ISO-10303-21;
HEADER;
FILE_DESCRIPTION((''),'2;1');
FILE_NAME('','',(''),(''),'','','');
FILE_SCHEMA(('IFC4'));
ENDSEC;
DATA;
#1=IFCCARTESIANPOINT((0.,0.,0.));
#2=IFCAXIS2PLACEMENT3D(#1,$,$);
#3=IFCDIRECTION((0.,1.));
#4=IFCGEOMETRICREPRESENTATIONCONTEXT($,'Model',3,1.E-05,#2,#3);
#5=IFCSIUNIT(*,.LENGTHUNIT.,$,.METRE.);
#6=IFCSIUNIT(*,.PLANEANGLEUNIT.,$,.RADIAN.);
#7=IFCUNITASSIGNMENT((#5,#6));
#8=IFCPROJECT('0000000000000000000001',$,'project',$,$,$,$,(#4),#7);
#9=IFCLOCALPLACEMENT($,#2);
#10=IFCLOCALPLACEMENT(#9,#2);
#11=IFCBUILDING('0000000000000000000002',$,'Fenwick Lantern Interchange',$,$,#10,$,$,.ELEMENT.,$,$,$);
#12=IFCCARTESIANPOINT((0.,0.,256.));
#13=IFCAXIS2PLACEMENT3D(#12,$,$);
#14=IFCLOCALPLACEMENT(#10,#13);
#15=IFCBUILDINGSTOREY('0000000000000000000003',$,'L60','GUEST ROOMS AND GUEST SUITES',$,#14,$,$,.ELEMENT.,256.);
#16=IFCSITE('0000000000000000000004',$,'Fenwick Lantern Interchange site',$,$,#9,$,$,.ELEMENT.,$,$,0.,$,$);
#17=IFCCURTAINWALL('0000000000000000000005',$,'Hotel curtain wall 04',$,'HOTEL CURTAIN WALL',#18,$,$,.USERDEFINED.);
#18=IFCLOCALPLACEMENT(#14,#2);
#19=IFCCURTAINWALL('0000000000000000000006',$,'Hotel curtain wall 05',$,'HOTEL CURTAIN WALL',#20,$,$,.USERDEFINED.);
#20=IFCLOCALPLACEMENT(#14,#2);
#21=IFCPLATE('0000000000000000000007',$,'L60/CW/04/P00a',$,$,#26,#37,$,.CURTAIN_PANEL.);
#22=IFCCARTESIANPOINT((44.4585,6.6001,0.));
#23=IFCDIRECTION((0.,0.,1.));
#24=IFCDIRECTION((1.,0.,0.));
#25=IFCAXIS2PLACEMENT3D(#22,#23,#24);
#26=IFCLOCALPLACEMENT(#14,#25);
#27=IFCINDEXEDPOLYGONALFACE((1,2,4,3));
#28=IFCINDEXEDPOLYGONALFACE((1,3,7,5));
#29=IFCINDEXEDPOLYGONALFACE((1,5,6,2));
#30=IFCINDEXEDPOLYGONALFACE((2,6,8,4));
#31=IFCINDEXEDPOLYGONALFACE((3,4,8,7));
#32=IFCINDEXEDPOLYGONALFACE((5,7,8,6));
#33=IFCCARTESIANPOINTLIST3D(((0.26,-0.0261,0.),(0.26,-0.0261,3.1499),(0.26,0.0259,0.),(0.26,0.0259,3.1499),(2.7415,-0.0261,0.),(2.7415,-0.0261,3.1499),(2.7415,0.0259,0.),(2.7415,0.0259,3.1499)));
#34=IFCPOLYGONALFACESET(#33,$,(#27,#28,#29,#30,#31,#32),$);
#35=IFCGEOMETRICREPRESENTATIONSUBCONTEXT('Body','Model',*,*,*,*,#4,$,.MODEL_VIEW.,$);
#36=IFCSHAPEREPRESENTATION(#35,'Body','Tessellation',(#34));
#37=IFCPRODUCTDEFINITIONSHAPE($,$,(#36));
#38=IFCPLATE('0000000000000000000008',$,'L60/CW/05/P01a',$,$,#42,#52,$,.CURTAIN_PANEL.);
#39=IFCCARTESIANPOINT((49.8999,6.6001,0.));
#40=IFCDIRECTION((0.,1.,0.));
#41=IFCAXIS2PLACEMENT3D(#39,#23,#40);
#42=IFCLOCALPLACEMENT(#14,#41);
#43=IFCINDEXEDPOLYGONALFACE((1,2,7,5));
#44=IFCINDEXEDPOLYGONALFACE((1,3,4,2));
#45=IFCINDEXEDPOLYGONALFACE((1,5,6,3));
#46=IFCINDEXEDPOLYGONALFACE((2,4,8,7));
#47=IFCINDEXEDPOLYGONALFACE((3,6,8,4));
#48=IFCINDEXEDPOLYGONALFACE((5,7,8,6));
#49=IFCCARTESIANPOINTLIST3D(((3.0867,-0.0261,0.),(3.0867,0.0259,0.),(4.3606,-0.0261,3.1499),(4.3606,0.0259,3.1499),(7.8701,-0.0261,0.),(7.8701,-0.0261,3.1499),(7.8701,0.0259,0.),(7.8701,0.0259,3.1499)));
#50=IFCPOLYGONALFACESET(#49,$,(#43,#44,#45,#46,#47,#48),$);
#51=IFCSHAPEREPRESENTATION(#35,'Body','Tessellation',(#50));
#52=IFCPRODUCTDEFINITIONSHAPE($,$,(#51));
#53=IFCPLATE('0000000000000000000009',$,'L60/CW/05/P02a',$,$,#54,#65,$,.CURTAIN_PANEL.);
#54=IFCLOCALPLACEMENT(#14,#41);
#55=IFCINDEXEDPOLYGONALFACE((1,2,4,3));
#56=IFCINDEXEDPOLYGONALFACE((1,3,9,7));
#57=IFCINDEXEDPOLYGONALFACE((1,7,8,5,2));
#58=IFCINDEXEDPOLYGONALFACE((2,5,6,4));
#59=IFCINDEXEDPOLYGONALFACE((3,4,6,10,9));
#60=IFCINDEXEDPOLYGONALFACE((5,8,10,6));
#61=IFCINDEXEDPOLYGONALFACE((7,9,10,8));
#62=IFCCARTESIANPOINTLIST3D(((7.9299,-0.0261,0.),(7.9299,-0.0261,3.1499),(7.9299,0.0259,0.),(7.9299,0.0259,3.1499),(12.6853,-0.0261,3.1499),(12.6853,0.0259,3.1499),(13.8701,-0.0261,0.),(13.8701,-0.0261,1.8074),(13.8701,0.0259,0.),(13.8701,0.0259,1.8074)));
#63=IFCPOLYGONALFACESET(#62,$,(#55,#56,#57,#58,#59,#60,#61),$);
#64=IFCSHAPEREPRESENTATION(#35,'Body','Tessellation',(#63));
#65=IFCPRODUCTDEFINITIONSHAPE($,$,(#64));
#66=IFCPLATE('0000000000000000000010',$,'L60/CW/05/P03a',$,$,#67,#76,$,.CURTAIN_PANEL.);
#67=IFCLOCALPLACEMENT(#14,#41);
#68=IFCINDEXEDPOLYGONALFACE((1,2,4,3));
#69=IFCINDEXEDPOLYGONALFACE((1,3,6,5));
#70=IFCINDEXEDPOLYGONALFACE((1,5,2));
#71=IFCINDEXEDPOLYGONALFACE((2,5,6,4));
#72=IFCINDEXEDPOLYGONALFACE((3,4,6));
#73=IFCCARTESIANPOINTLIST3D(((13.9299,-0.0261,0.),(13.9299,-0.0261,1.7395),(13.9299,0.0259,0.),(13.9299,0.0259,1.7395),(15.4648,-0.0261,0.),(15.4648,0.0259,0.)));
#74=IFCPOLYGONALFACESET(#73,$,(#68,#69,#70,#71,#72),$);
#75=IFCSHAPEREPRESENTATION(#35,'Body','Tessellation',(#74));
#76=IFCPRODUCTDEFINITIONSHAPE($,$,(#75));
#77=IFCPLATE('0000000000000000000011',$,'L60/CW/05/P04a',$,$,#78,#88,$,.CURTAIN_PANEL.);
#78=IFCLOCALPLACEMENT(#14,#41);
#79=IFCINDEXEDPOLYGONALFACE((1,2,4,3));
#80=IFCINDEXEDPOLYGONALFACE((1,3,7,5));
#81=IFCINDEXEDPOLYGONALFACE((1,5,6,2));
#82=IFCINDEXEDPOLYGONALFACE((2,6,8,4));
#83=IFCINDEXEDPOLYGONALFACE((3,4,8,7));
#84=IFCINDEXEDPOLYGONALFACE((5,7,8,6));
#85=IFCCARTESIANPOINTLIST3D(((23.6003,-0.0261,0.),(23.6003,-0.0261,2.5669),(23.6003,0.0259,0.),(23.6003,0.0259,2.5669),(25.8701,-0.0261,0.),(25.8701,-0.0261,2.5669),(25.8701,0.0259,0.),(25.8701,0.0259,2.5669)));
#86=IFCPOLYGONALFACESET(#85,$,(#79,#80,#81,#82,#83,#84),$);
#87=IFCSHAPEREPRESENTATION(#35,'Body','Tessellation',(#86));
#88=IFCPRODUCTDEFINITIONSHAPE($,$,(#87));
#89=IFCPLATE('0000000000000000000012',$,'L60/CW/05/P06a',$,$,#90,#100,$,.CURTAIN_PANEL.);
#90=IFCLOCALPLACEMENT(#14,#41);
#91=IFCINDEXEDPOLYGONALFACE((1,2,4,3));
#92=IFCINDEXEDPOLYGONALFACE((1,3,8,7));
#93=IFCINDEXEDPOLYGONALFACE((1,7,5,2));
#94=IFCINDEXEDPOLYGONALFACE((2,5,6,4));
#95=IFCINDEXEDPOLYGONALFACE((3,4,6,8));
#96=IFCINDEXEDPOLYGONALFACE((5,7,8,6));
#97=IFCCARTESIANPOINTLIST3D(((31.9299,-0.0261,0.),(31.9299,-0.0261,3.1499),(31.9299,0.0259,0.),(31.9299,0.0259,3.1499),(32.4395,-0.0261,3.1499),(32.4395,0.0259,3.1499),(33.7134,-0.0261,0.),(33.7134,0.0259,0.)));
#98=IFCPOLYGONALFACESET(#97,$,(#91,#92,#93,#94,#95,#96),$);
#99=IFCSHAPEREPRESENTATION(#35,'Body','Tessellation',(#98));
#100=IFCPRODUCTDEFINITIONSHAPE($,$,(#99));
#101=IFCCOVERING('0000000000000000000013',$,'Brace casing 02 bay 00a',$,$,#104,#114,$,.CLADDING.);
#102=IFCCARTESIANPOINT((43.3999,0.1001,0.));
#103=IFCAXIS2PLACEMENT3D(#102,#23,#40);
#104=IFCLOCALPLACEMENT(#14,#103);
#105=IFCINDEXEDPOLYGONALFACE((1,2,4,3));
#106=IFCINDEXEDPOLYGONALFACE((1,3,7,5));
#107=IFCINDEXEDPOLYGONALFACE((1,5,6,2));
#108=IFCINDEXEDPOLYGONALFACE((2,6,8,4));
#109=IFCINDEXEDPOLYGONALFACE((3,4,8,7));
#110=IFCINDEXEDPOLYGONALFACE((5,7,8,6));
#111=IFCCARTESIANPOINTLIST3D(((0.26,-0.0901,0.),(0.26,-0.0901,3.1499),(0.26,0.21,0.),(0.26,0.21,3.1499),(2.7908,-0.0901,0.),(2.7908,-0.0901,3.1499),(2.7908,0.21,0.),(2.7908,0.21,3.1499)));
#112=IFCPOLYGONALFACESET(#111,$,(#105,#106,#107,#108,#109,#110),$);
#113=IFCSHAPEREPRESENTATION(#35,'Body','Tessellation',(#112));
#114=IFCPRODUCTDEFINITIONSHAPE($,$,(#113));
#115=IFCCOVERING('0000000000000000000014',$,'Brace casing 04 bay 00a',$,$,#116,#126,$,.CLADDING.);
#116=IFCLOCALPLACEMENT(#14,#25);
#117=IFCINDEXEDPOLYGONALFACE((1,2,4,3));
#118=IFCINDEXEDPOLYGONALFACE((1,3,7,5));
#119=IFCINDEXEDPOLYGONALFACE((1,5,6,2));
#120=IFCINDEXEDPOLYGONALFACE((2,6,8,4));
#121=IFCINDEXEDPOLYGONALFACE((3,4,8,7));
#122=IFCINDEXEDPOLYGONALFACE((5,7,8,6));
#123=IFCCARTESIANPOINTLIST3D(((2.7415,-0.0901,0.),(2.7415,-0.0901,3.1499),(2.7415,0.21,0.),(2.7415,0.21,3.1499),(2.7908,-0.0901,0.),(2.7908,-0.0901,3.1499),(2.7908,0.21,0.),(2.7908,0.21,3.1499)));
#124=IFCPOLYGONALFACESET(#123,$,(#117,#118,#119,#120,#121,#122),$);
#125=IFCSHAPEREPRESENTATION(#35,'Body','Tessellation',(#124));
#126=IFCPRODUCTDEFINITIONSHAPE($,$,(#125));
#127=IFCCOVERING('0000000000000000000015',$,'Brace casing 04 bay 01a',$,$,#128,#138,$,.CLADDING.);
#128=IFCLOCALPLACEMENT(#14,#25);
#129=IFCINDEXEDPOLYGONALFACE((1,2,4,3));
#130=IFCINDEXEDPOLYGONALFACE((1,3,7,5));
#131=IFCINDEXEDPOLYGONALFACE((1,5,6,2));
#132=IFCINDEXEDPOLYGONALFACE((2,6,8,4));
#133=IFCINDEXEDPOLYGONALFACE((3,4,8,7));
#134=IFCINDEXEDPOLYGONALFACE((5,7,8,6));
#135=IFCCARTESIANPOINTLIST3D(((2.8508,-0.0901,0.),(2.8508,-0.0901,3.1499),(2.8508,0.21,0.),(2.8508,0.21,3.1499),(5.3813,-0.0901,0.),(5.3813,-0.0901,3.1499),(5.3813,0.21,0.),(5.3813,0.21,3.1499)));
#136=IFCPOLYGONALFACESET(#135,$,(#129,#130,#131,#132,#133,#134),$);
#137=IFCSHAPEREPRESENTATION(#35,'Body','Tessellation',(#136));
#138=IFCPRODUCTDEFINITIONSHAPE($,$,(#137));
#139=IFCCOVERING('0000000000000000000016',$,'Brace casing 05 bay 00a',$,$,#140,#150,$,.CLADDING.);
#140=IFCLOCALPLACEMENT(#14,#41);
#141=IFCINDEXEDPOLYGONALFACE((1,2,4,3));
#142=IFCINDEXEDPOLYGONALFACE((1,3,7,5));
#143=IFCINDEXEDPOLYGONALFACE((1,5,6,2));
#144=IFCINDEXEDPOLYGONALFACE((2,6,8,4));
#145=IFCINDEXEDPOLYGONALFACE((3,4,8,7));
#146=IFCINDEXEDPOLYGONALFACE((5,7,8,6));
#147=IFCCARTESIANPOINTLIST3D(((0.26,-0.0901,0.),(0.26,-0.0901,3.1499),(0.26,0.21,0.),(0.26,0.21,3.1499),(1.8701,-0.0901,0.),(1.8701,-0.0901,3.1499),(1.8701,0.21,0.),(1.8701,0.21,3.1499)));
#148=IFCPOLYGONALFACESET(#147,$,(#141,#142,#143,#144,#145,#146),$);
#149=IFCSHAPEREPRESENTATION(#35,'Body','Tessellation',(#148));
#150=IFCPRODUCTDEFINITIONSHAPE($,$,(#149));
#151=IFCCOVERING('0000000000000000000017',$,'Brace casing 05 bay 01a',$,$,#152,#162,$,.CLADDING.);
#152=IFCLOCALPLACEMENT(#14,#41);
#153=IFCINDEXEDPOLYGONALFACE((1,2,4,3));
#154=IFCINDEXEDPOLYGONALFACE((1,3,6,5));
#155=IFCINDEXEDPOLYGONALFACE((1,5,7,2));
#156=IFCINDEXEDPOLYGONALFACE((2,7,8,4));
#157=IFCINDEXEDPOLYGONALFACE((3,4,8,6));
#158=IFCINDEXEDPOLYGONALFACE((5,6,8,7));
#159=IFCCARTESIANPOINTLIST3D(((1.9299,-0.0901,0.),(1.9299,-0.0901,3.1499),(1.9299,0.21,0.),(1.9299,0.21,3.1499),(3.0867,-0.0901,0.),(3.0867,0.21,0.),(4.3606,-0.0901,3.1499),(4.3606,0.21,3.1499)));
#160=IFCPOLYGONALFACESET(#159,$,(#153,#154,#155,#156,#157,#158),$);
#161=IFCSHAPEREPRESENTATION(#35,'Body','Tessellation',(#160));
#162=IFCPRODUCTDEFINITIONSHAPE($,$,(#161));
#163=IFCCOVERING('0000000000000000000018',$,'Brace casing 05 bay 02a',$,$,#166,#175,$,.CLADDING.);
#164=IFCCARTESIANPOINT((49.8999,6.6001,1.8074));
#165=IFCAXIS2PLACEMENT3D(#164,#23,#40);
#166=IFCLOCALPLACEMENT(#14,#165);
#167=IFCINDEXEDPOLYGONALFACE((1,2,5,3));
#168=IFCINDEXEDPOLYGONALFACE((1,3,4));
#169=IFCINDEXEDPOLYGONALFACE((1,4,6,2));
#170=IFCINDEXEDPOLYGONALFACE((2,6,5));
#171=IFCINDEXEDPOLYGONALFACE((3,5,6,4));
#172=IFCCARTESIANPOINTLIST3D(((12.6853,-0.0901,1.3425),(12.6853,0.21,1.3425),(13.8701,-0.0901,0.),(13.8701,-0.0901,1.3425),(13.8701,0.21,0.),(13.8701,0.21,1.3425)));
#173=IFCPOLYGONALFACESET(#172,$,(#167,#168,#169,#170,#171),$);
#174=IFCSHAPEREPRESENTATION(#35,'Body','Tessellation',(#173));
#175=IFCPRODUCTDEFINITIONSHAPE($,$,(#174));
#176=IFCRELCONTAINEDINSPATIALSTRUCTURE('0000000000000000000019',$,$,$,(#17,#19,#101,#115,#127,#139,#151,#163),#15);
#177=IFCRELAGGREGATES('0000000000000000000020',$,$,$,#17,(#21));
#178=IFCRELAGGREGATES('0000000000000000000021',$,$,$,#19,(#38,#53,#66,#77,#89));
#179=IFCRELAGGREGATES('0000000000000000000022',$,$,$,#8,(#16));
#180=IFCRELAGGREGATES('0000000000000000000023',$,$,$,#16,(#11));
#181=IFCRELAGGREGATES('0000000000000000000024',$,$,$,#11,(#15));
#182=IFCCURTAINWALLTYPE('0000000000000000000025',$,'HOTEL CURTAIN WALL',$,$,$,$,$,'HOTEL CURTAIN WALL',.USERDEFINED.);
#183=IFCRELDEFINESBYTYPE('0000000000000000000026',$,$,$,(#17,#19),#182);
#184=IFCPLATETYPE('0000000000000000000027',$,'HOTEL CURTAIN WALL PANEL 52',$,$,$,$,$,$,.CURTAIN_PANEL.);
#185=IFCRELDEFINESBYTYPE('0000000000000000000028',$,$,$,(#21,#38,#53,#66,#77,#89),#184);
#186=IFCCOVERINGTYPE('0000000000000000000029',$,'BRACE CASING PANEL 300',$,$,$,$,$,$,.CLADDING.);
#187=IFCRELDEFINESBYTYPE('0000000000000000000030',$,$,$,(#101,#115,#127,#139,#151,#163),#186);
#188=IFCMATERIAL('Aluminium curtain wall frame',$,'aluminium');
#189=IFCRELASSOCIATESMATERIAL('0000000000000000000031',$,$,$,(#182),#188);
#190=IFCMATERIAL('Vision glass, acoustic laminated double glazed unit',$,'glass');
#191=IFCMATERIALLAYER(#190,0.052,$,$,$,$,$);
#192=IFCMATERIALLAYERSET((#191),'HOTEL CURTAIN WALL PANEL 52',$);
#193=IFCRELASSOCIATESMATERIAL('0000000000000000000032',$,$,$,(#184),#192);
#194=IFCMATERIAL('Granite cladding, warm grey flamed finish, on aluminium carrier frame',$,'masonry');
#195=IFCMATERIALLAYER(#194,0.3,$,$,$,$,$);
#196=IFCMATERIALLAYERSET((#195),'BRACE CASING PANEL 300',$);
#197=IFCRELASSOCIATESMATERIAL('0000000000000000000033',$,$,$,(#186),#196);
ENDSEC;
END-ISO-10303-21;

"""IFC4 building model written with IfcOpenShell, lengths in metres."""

from ifc_helpers import new_model, si_unit, direction, frame, origin, place, context, subcontext, project, spatial, polyline, outline, extrude, material, layer, layer_set, type_object, element, aggregate, save


model = new_model("IFC4")

# Units and contexts
model_context = context("Model", 3, precision=1e-05, world=origin(), true_north=direction((0.0, 1.0)))
body_context = subcontext(model_context, "Body", "Model", "MODEL_VIEW")
ifc_project = project(units=[si_unit("LENGTHUNIT", "METRE"), si_unit("PLANEANGLEUNIT", "RADIAN")], contexts=[model_context])

# Site, building, storey
site_placement = place(None, origin())
site = spatial("IfcSite", under=ifc_project, at=site_placement, Name="Fenwick Lantern Interchange site", CompositionType="ELEMENT", RefElevation=0.0)
building_placement = place(site_placement, origin())
building = spatial("IfcBuilding", under=site, at=building_placement, Name="Fenwick Lantern Interchange", CompositionType="ELEMENT")
storey_placement = place(building_placement, frame((0.0, 0.0, 256.0)))
storey = spatial("IfcBuildingStorey", under=building, at=storey_placement, Name="L60", Description="GUEST ROOMS AND GUEST SUITES", CompositionType="ELEMENT", Elevation=256.0)

# Shared definitions
ifc_material_1 = material(Name="Aluminium curtain wall frame", Category="aluminium")
curtain_wall_type = type_object("IfcCurtainWallType", Name="HOTEL CURTAIN WALL", ElementType="HOTEL CURTAIN WALL", PredefinedType="USERDEFINED", material=ifc_material_1)

# Curtain wall
curtain_wall_1_placement = place(storey_placement, origin())
curtain_wall_1 = element("IfcCurtainWall", 1, at=curtain_wall_1_placement, inside=storey, type_object=curtain_wall_type, Name="Hotel curtain wall 04", ObjectType="HOTEL CURTAIN WALL", PredefinedType="USERDEFINED")

# Curtain wall
curtain_wall_2_placement = place(storey_placement, origin())
curtain_wall_2 = element("IfcCurtainWall", 2, at=curtain_wall_2_placement, inside=storey, type_object=curtain_wall_type, Name="Hotel curtain wall 05", ObjectType="HOTEL CURTAIN WALL", PredefinedType="USERDEFINED")

# Plates
ifc_material_2 = material(Name="Vision glass, acoustic laminated double glazed unit", Category="glass")
ifc_layer_1 = layer(ifc_material_2, 0.052)
ifc_layer_set_1 = layer_set([ifc_layer_1], Name="HOTEL CURTAIN WALL PANEL 52")
plate_type = type_object("IfcPlateType", Name="HOTEL CURTAIN WALL PANEL 52", PredefinedType="CURTAIN_PANEL", material=ifc_layer_set_1)
plate_1_placement = place(storey_placement, frame((44.4585, 6.6001, 0.0), z_axis=(0.0, 0.0, 1.0), x_axis=(1.0, 0.0, 0.0)))
plate_1 = element("IfcPlate", 3, at=plate_1_placement, type_object=plate_type, Name="L60/CW/04/P00a", PredefinedType="CURTAIN_PANEL", context=body_context, shape_type="SweptSolid", body=[
    extrude(outline(polyline([(0.26, 0.0), (2.7415, 0.0), (2.7415, 3.1499), (0.26, 3.1499), (0.26, 0.0)])), frame((0.0, 0.0259, 0.0), z_axis=(0.0, -1.0, 0.0), x_axis=(1.0, 0.0, 0.0)), (0.0, 0.0, 1.0), 0.052),
])
aggregate(curtain_wall_1, [plate_1])
plate_2_placement = place(storey_placement, frame((49.8999, 6.6001, 0.0), z_axis=(0.0, 0.0, 1.0), x_axis=(0.0, 1.0, 0.0)))
plate_2 = element("IfcPlate", 4, at=plate_2_placement, type_object=plate_type, Name="L60/CW/05/P01a", PredefinedType="CURTAIN_PANEL", context=body_context, shape_type="SweptSolid", body=[
    extrude(outline(polyline([(3.0867, 0.0), (7.8701, 0.0), (7.8701, 3.1499), (4.3606, 3.1499), (3.0867, 0.0)])), frame((0.0, 0.0259, 0.0), z_axis=(0.0, -1.0, 0.0), x_axis=(1.0, 0.0, 0.0)), (0.0, 0.0, 1.0), 0.052),
])
plate_3_placement = place(storey_placement, frame((49.8999, 6.6001, 0.0), z_axis=(0.0, 0.0, 1.0), x_axis=(0.0, 1.0, 0.0)))
plate_3 = element("IfcPlate", 5, at=plate_3_placement, type_object=plate_type, Name="L60/CW/05/P02a", PredefinedType="CURTAIN_PANEL", context=body_context, shape_type="SweptSolid", body=[
    extrude(outline(polyline([(7.9299, 0.0), (13.8701, 0.0), (13.8701, 1.8074), (12.6853, 3.1499), (7.9299, 3.1499), (7.9299, 0.0)])), frame((0.0, 0.0259, 0.0), z_axis=(0.0, -1.0, 0.0), x_axis=(1.0, 0.0, 0.0)), (0.0, 0.0, 1.0), 0.052),
])
plate_4_placement = place(storey_placement, frame((49.8999, 6.6001, 0.0), z_axis=(0.0, 0.0, 1.0), x_axis=(0.0, 1.0, 0.0)))
plate_4 = element("IfcPlate", 6, at=plate_4_placement, type_object=plate_type, Name="L60/CW/05/P03a", PredefinedType="CURTAIN_PANEL", context=body_context, shape_type="SweptSolid", body=[
    extrude(outline(polyline([(13.9299, 0.0), (15.4648, 0.0), (13.9299, 1.7395), (13.9299, 0.0)])), frame((0.0, 0.0259, 0.0), z_axis=(0.0, -1.0, 0.0), x_axis=(1.0, 0.0, 0.0)), (0.0, 0.0, 1.0), 0.052),
])
plate_5_placement = place(storey_placement, frame((49.8999, 6.6001, 0.0), z_axis=(0.0, 0.0, 1.0), x_axis=(0.0, 1.0, 0.0)))
plate_5 = element("IfcPlate", 7, at=plate_5_placement, type_object=plate_type, Name="L60/CW/05/P04a", PredefinedType="CURTAIN_PANEL", context=body_context, shape_type="SweptSolid", body=[
    extrude(outline(polyline([(23.6003, 0.0), (25.8701, 0.0), (25.8701, 2.5669), (23.6003, 2.5669), (23.6003, 0.0)])), frame((0.0, 0.0259, 0.0), z_axis=(0.0, -1.0, 0.0), x_axis=(1.0, 0.0, 0.0)), (0.0, 0.0, 1.0), 0.052),
])
plate_6_placement = place(storey_placement, frame((49.8999, 6.6001, 0.0), z_axis=(0.0, 0.0, 1.0), x_axis=(0.0, 1.0, 0.0)))
plate_6 = element("IfcPlate", 8, at=plate_6_placement, type_object=plate_type, Name="L60/CW/05/P06a", PredefinedType="CURTAIN_PANEL", context=body_context, shape_type="SweptSolid", body=[
    extrude(outline(polyline([(31.9299, 0.0), (33.7134, 0.0), (32.4395, 3.1499), (31.9299, 3.1499), (31.9299, 0.0)])), frame((0.0, 0.0259, 0.0), z_axis=(0.0, -1.0, 0.0), x_axis=(1.0, 0.0, 0.0)), (0.0, 0.0, 1.0), 0.052),
])
aggregate(curtain_wall_2, [plate_2, plate_3, plate_4, plate_5, plate_6])

# Coverings
ifc_material_3 = material(Name="Granite cladding, warm grey flamed finish, on aluminium carrier frame", Category="masonry")
ifc_layer_2 = layer(ifc_material_3, 0.3)
ifc_layer_set_2 = layer_set([ifc_layer_2], Name="BRACE CASING PANEL 300")
covering_type = type_object("IfcCoveringType", Name="BRACE CASING PANEL 300", PredefinedType="CLADDING", material=ifc_layer_set_2)
covering_1_placement = place(storey_placement, frame((43.3999, 0.1001, 0.0), z_axis=(0.0, 0.0, 1.0), x_axis=(0.0, 1.0, 0.0)))
element("IfcCovering", 9, at=covering_1_placement, inside=storey, type_object=covering_type, Name="Brace casing 02 bay 00a", PredefinedType="CLADDING", context=body_context, shape_type="SweptSolid", body=[
    extrude(outline(polyline([(0.26, 0.0), (2.7908, 0.0), (2.7908, 3.1499), (0.26, 3.1499), (0.26, 0.0)])), frame((0.0, 0.21, 0.0), z_axis=(0.0, -1.0, 0.0), x_axis=(1.0, 0.0, 0.0)), (0.0, 0.0, 1.0), 0.3),
])
covering_2_placement = place(storey_placement, frame((44.4585, 6.6001, 0.0), z_axis=(0.0, 0.0, 1.0), x_axis=(1.0, 0.0, 0.0)))
element("IfcCovering", 10, at=covering_2_placement, inside=storey, type_object=covering_type, Name="Brace casing 04 bay 00a", PredefinedType="CLADDING", context=body_context, shape_type="SweptSolid", body=[
    extrude(outline(polyline([(2.7415, 0.0), (2.7908, 0.0), (2.7908, 3.1499), (2.7415, 3.1499), (2.7415, 0.0)])), frame((0.0, 0.21, 0.0), z_axis=(0.0, -1.0, 0.0), x_axis=(1.0, 0.0, 0.0)), (0.0, 0.0, 1.0), 0.3),
])
covering_3_placement = place(storey_placement, frame((44.4585, 6.6001, 0.0), z_axis=(0.0, 0.0, 1.0), x_axis=(1.0, 0.0, 0.0)))
element("IfcCovering", 11, at=covering_3_placement, inside=storey, type_object=covering_type, Name="Brace casing 04 bay 01a", PredefinedType="CLADDING", context=body_context, shape_type="SweptSolid", body=[
    extrude(outline(polyline([(2.8508, 0.0), (5.3813, 0.0), (5.3813, 3.1499), (2.8508, 3.1499), (2.8508, 0.0)])), frame((0.0, 0.21, 0.0), z_axis=(0.0, -1.0, 0.0), x_axis=(1.0, 0.0, 0.0)), (0.0, 0.0, 1.0), 0.3),
])
covering_4_placement = place(storey_placement, frame((49.8999, 6.6001, 0.0), z_axis=(0.0, 0.0, 1.0), x_axis=(0.0, 1.0, 0.0)))
element("IfcCovering", 12, at=covering_4_placement, inside=storey, type_object=covering_type, Name="Brace casing 05 bay 00a", PredefinedType="CLADDING", context=body_context, shape_type="SweptSolid", body=[
    extrude(outline(polyline([(0.26, 0.0), (1.8701, 0.0), (1.8701, 3.1499), (0.26, 3.1499), (0.26, 0.0)])), frame((0.0, 0.21, 0.0), z_axis=(0.0, -1.0, 0.0), x_axis=(1.0, 0.0, 0.0)), (0.0, 0.0, 1.0), 0.3),
])
covering_5_placement = place(storey_placement, frame((49.8999, 6.6001, 0.0), z_axis=(0.0, 0.0, 1.0), x_axis=(0.0, 1.0, 0.0)))
element("IfcCovering", 13, at=covering_5_placement, inside=storey, type_object=covering_type, Name="Brace casing 05 bay 01a", PredefinedType="CLADDING", context=body_context, shape_type="SweptSolid", body=[
    extrude(outline(polyline([(1.9299, 0.0), (3.0867, 0.0), (4.3606, 3.1499), (1.9299, 3.1499), (1.9299, 0.0)])), frame((0.0, 0.21, 0.0), z_axis=(0.0, -1.0, 0.0), x_axis=(1.0, 0.0, 0.0)), (0.0, 0.0, 1.0), 0.3),
])
covering_6_placement = place(storey_placement, frame((49.8999, 6.6001, 1.8074), z_axis=(0.0, 0.0, 1.0), x_axis=(0.0, 1.0, 0.0)))
element("IfcCovering", 14, at=covering_6_placement, inside=storey, type_object=covering_type, Name="Brace casing 05 bay 02a", PredefinedType="CLADDING", context=body_context, shape_type="SweptSolid", body=[
    extrude(outline(polyline([(13.8701, 0.0), (13.8701, 1.3425), (12.6853, 1.3425), (13.8701, 0.0)])), frame((0.0, 0.21, 0.0), z_axis=(0.0, -1.0, 0.0), x_axis=(1.0, 0.0, 0.0)), (0.0, 0.0, 1.0), 0.3),
])

save(model, "model.ifc")
